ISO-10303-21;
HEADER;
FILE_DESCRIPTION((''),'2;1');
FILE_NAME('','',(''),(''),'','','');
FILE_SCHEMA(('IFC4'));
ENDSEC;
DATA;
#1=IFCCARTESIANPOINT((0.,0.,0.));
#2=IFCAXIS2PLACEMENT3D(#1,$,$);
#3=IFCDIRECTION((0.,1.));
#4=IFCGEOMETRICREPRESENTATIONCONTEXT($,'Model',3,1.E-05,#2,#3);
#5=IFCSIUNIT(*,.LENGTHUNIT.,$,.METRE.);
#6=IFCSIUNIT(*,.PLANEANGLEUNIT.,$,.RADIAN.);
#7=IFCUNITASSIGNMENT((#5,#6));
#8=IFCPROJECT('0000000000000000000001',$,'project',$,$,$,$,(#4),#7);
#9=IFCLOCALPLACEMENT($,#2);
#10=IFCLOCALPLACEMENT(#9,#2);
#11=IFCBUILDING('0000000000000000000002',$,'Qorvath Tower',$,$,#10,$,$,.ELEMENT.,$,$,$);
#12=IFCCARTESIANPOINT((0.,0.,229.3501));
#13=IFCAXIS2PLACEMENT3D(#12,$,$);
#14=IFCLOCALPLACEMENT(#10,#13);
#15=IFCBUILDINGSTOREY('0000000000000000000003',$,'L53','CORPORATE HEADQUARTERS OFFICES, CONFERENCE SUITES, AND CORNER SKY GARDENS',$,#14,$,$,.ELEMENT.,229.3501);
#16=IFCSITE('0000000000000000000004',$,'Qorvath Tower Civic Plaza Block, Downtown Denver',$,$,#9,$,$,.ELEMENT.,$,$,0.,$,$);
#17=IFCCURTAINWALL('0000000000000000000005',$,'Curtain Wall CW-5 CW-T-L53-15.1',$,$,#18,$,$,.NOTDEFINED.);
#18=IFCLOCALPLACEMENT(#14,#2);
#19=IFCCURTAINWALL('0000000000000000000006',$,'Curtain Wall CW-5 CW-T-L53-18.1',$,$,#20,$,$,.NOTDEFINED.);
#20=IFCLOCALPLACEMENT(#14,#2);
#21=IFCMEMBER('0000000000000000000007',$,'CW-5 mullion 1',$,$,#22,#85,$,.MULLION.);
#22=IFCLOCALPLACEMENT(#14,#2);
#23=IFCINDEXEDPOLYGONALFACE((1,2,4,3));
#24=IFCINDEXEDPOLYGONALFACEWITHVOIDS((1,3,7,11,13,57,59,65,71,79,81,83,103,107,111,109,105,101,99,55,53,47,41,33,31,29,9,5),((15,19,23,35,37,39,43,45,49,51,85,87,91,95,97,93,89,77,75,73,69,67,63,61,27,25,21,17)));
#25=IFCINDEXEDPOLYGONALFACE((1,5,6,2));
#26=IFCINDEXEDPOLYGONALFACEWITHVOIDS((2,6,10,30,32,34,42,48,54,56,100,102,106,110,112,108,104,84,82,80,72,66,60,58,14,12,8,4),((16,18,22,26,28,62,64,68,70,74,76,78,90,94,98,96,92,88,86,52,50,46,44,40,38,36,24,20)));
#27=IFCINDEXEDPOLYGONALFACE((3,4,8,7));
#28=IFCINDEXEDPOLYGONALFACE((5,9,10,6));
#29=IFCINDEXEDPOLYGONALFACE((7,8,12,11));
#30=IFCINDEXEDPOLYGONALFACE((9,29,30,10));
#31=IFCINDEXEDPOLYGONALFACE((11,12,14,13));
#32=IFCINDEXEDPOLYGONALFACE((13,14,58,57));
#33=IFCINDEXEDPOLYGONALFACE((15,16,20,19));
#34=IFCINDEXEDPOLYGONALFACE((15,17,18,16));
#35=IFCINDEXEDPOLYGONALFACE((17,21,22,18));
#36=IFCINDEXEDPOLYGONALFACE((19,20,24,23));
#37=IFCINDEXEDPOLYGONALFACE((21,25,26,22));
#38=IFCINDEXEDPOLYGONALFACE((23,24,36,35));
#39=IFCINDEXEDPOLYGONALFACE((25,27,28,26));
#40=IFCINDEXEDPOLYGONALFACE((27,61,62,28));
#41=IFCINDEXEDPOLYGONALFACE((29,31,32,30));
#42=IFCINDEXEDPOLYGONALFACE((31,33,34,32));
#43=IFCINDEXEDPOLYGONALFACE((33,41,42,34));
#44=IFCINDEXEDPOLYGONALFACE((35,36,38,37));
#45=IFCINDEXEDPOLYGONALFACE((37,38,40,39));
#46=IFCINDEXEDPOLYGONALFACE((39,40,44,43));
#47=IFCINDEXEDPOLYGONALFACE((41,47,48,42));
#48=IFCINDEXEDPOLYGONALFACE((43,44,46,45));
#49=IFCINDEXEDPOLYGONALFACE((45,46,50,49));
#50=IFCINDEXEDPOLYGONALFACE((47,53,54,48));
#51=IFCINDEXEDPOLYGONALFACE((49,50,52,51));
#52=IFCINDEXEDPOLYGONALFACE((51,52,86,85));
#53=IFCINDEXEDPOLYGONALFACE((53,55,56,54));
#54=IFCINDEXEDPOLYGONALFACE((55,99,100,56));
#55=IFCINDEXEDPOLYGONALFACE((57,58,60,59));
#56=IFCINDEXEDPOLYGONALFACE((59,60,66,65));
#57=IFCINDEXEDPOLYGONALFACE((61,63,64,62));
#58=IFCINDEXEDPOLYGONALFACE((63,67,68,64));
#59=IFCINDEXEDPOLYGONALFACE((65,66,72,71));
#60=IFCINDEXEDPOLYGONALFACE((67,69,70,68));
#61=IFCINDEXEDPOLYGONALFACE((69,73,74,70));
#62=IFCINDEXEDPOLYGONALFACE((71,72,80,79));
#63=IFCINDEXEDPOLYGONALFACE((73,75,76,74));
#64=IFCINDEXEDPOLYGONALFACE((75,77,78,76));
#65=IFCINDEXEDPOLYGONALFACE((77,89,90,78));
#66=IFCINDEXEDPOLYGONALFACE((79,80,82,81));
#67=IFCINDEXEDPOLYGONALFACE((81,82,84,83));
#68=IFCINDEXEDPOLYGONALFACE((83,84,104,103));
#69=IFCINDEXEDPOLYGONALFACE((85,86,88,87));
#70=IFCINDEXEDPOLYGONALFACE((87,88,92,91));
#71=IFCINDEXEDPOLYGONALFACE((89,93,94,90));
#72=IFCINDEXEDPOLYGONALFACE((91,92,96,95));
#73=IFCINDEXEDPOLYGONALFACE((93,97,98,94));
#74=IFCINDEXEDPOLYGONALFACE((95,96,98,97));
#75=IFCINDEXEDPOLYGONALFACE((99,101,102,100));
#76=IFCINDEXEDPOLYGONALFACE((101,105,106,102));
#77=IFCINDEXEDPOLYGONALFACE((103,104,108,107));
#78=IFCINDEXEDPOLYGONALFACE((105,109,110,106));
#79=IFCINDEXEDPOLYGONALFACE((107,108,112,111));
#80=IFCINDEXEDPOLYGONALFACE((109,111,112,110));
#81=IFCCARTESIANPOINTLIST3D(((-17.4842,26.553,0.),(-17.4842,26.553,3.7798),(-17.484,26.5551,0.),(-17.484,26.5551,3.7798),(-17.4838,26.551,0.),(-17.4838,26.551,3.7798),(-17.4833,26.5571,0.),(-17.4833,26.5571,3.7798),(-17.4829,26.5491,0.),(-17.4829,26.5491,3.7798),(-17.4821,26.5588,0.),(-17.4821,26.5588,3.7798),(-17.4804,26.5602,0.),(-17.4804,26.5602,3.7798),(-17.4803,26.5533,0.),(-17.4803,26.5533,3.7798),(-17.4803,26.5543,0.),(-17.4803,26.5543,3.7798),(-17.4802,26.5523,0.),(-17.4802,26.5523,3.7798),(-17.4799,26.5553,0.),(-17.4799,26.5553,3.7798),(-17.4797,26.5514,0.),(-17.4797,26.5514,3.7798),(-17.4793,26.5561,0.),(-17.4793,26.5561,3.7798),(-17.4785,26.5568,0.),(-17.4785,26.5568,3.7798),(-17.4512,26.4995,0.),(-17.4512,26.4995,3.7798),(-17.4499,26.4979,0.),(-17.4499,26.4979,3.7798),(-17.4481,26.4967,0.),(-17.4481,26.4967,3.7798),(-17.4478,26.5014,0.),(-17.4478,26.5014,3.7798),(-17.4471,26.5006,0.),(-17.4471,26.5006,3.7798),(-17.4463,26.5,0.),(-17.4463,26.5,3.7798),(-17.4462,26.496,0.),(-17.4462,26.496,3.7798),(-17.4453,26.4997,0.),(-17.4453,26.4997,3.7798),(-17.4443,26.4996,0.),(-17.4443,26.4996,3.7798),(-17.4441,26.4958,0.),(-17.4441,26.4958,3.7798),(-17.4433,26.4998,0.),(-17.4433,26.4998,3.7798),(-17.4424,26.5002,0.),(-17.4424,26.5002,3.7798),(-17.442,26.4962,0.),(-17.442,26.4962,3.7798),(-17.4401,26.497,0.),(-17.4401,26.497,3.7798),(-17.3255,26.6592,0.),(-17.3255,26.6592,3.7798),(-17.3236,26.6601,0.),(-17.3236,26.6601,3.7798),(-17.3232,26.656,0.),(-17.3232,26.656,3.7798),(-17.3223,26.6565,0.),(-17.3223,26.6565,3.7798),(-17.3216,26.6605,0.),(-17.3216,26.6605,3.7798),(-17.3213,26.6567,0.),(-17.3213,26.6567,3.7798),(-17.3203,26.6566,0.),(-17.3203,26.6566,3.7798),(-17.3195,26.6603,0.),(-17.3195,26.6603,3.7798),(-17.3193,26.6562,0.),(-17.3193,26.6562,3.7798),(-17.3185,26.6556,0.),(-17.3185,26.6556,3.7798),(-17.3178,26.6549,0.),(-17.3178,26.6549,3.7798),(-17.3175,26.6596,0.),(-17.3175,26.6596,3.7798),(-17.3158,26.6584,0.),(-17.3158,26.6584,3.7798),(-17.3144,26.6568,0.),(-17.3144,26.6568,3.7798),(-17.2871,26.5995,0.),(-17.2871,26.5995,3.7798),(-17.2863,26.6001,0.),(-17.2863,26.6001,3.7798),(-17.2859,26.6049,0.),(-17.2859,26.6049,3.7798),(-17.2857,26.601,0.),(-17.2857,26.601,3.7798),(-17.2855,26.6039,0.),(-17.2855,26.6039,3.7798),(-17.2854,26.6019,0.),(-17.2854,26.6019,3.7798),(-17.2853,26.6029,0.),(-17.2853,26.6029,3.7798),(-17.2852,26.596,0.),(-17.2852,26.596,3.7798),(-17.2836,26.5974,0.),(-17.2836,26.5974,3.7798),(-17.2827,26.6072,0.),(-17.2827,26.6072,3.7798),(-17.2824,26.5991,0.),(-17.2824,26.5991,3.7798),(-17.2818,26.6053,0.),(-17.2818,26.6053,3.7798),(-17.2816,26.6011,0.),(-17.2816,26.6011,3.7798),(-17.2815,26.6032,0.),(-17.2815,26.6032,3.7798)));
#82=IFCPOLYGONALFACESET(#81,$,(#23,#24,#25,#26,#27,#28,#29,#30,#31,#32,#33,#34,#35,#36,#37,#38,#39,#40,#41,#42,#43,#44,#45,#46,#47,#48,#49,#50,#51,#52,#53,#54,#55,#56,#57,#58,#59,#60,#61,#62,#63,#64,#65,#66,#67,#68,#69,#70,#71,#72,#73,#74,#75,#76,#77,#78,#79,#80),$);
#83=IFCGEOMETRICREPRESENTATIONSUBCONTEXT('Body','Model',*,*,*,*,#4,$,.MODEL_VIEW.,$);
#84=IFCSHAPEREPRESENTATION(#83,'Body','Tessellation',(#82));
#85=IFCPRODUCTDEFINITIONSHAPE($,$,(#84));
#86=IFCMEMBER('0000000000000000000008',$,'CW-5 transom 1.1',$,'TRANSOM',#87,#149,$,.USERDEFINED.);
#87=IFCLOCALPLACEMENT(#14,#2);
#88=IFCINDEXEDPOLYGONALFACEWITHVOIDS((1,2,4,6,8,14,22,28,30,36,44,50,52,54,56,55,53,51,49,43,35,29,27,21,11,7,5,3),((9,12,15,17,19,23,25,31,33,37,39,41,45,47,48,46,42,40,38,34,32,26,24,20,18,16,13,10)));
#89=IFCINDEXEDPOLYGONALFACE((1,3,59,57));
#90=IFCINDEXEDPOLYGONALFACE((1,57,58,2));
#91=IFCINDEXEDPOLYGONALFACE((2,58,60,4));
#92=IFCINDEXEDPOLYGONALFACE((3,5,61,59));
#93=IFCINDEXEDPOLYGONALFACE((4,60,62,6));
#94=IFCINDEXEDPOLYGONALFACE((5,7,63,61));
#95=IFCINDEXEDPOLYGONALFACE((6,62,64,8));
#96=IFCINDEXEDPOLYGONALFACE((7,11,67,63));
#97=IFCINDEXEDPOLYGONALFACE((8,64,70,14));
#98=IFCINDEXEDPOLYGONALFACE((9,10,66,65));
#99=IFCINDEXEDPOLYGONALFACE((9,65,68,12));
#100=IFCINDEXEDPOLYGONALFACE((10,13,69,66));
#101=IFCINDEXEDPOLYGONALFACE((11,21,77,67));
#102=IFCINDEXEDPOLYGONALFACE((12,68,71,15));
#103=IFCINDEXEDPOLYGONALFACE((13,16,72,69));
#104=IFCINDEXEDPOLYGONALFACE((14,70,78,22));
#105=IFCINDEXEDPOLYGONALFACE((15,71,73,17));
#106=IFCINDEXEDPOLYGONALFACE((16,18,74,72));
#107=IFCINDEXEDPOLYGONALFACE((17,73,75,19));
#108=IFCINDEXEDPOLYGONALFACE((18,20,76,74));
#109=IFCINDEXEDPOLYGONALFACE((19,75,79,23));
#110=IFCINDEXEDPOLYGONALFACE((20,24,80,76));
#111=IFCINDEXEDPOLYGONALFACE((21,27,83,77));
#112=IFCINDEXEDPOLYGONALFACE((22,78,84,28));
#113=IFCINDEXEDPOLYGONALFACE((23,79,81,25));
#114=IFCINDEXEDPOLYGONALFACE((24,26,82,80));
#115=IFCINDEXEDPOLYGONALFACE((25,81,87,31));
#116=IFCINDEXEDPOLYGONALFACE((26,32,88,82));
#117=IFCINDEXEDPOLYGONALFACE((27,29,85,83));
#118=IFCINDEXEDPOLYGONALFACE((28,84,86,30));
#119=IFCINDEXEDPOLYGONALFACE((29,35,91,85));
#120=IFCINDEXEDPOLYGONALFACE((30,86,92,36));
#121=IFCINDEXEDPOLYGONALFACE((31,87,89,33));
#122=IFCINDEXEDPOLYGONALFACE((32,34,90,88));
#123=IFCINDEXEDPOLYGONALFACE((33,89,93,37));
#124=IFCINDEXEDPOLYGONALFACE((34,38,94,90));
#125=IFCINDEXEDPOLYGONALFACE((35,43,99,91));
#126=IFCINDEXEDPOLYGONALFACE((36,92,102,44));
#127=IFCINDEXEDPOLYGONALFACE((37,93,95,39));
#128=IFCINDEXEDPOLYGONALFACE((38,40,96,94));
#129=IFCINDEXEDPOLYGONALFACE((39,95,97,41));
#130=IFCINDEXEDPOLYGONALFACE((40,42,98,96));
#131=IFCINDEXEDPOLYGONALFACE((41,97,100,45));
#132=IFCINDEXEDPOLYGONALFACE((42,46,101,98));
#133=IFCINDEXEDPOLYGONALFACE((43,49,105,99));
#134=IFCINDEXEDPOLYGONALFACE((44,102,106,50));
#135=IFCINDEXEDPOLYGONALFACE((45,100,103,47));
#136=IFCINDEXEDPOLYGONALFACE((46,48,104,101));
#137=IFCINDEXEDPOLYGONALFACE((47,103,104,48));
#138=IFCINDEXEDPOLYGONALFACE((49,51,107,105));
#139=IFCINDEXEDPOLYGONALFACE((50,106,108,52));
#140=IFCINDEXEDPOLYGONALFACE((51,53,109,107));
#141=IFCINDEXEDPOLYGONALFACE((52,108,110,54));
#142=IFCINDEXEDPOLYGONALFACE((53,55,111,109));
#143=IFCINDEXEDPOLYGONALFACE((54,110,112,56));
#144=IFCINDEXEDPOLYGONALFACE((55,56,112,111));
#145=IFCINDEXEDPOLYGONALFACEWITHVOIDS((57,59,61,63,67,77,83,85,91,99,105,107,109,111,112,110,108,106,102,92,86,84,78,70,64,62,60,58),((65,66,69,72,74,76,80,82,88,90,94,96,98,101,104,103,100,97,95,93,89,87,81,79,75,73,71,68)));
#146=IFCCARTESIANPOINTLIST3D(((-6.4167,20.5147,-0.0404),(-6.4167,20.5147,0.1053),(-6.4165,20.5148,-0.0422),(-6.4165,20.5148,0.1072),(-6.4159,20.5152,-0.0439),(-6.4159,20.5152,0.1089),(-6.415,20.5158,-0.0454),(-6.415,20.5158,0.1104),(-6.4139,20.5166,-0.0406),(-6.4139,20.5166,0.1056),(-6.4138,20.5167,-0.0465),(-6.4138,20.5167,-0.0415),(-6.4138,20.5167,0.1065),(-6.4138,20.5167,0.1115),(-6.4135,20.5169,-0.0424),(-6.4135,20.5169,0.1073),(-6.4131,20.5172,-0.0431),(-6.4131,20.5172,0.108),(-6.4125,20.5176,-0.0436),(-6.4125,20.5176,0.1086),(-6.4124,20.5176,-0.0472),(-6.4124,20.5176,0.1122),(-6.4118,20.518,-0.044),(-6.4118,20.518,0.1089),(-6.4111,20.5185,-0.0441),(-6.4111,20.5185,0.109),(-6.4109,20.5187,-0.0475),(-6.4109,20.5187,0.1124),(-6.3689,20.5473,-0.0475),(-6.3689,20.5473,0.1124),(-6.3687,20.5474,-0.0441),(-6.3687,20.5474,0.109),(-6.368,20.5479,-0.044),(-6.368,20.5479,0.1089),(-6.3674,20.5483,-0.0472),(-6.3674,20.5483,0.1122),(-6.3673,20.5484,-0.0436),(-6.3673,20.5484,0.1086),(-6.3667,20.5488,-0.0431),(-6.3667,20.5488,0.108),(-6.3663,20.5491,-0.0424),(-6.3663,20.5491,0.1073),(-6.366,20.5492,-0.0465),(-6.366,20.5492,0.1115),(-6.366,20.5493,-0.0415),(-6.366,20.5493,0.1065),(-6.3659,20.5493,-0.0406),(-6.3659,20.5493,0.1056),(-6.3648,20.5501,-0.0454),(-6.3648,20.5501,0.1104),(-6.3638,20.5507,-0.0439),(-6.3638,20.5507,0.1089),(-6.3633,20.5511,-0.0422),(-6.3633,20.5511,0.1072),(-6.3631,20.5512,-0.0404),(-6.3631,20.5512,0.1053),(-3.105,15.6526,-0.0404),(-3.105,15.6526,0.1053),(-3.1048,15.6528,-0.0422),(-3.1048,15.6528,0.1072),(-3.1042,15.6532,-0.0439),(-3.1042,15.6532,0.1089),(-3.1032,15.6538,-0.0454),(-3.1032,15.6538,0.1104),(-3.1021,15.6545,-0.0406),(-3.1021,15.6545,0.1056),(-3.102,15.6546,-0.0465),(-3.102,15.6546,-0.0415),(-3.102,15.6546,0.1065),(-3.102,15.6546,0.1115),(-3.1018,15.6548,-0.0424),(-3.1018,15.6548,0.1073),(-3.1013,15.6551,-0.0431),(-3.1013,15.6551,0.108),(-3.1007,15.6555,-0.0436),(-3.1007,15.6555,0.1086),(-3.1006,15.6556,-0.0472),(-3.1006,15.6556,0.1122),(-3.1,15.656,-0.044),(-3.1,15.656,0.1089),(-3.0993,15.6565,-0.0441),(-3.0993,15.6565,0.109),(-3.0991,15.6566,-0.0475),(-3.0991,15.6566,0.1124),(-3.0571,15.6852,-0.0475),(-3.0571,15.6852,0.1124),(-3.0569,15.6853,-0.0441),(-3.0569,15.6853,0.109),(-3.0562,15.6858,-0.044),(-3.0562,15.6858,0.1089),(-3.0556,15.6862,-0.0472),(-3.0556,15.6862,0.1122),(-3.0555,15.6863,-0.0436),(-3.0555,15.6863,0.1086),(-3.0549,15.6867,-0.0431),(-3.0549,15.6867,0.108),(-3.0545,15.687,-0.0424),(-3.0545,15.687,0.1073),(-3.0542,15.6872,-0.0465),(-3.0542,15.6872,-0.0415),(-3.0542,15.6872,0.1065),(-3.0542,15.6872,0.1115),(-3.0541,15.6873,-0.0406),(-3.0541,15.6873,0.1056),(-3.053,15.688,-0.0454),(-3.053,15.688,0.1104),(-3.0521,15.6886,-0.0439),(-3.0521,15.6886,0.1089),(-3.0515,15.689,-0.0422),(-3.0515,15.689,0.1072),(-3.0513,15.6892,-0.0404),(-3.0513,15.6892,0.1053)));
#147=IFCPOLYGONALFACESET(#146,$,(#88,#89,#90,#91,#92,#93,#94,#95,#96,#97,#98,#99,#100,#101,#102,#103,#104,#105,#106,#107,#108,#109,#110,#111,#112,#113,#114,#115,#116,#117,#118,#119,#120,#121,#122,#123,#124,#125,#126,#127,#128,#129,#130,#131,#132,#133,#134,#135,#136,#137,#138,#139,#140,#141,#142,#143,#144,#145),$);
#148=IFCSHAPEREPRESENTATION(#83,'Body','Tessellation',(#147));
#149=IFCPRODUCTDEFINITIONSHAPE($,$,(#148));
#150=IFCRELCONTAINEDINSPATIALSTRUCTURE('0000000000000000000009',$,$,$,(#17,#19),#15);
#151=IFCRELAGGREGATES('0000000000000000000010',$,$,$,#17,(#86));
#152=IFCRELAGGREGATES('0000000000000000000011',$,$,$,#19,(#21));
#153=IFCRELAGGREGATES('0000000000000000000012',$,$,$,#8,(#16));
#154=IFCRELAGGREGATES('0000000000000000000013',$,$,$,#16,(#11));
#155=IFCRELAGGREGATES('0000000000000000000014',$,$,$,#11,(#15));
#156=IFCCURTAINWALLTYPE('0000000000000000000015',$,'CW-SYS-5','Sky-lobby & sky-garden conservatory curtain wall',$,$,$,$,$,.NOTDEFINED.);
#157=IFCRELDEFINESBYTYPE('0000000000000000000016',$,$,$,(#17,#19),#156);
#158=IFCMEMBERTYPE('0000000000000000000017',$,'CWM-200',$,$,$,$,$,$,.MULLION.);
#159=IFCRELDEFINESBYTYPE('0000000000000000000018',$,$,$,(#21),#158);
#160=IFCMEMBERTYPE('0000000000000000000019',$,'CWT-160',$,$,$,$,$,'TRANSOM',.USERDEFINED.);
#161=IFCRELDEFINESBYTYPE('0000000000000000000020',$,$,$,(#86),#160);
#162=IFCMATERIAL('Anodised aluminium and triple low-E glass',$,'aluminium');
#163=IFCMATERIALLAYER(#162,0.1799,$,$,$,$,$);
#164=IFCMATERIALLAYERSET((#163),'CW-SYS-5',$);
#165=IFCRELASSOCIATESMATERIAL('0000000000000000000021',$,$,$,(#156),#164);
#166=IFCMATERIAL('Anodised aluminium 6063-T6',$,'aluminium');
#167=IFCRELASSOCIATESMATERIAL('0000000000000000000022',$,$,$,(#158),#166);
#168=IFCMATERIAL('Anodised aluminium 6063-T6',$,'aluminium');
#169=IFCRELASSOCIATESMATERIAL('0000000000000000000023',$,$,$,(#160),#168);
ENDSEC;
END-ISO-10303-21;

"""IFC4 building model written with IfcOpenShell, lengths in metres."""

from ifc_helpers import new_model, si_unit, direction, frame, origin, origin_2d, place, context, subcontext, project, spatial, hollow_rectangle, extrude, material, layer, layer_set, material_profile, profile_set, type_object, element, aggregate, save


model = new_model("IFC4")

# Units and contexts
model_context = context("Model", 3, precision=1e-05, world=origin(), true_north=direction((0.0, 1.0)))
body_context = subcontext(model_context, "Body", "Model", "MODEL_VIEW")
ifc_project = project(units=[si_unit("LENGTHUNIT", "METRE"), si_unit("PLANEANGLEUNIT", "RADIAN")], contexts=[model_context])

# Site, building, storey
site_placement = place(None, origin())
site = spatial("IfcSite", under=ifc_project, at=site_placement, Name="Qorvath Tower Civic Plaza Block, Downtown Denver", CompositionType="ELEMENT", RefElevation=0.0)
building_placement = place(site_placement, origin())
building = spatial("IfcBuilding", under=site, at=building_placement, Name="Qorvath Tower", CompositionType="ELEMENT")
storey_placement = place(building_placement, frame((0.0, 0.0, 229.3501)))
storey = spatial("IfcBuildingStorey", under=building, at=storey_placement, Name="L53", Description="CORPORATE HEADQUARTERS OFFICES, CONFERENCE SUITES, AND CORNER SKY GARDENS", CompositionType="ELEMENT", Elevation=229.3501)

# Shared definitions
ifc_material_1 = material(Name="Anodised aluminium and triple low-E glass", Category="aluminium")
ifc_layer_1 = layer(ifc_material_1, 0.1799)
ifc_layer_set_1 = layer_set([ifc_layer_1], Name="CW-SYS-5")
curtain_wall_type = type_object("IfcCurtainWallType", Name="CW-SYS-5", Description="Sky-lobby & sky-garden conservatory curtain wall", PredefinedType="NOTDEFINED", material=ifc_layer_set_1)
ifc_material_2 = material(Name="Anodised aluminium 6063-T6", Category="aluminium")
ifc_material_profile_1 = material_profile(ifc_material_2, hollow_rectangle(XDim=0.075, YDim=0.2, WallThickness=0.0039, InnerFilletRadius=0.0039, OuterFilletRadius=0.0081, at=origin_2d()), Name="CWM 200x75")
ifc_profile_set_1 = profile_set([ifc_material_profile_1], Name="Anodised aluminium 6063-T6")
member_type_1 = type_object("IfcMemberType", Name="CWM-200", PredefinedType="MULLION", material=ifc_profile_set_1)

# Curtain wall
curtain_wall_1_placement = place(storey_placement, origin())
curtain_wall_1 = element("IfcCurtainWall", 1, at=curtain_wall_1_placement, inside=storey, type_object=curtain_wall_type, Name="Curtain Wall CW-5 CW-T-L53-15.1", PredefinedType="NOTDEFINED")

# Curtain wall, member
curtain_wall_2_placement = place(storey_placement, origin())
curtain_wall_2 = element("IfcCurtainWall", 2, at=curtain_wall_2_placement, inside=storey, type_object=curtain_wall_type, Name="Curtain Wall CW-5 CW-T-L53-18.1", PredefinedType="NOTDEFINED")
member_1_placement = place(storey_placement, frame((-17.3828, 26.5781, 0.0), z_axis=(0.0, 0.0, 1.0), x_axis=(0.538531, -0.842606, 0.0)))
member_1 = element("IfcMember", 3, at=member_1_placement, type_object=member_type_1, Name="CW-5 mullion 1", PredefinedType="MULLION", context=body_context, shape_type="SweptSolid", body=[
    extrude(hollow_rectangle(XDim=0.075, YDim=0.2, WallThickness=0.0039, InnerFilletRadius=0.0039, OuterFilletRadius=0.0081, at=origin_2d()), origin(), (0.0, 0.0, 1.0), 3.7798),
])

# Member
ifc_material_3 = material(Name="Anodised aluminium 6063-T6", Category="aluminium")
ifc_material_profile_2 = material_profile(ifc_material_3, hollow_rectangle(XDim=0.0649, YDim=0.1599, WallThickness=0.0034, InnerFilletRadius=0.0034, OuterFilletRadius=0.0071, at=origin_2d()), Name="CWT 160x65")
ifc_profile_set_2 = profile_set([ifc_material_profile_2], Name="Anodised aluminium 6063-T6")
member_type_2 = type_object("IfcMemberType", Name="CWT-160", ElementType="TRANSOM", PredefinedType="USERDEFINED", material=ifc_profile_set_2)
member_2_placement = place(storey_placement, frame((-3.0781, 15.6709, 0.0325), z_axis=(-0.562957, 0.826486, 0.0), x_axis=(-0.826486, -0.562957, 0.0)))
member_2 = element("IfcMember", 4, at=member_2_placement, type_object=member_type_2, Name="CW-5 transom 1.1", ObjectType="TRANSOM", PredefinedType="USERDEFINED", context=body_context, shape_type="SweptSolid", body=[
    extrude(hollow_rectangle(XDim=0.0649, YDim=0.1599, WallThickness=0.0034, InnerFilletRadius=0.0034, OuterFilletRadius=0.0071, at=origin_2d()), origin(), (0.0, 0.0, 1.0), 5.8828),
])

aggregate(curtain_wall_1, [member_2])
aggregate(curtain_wall_2, [member_1])

save(model, "model.ifc")
